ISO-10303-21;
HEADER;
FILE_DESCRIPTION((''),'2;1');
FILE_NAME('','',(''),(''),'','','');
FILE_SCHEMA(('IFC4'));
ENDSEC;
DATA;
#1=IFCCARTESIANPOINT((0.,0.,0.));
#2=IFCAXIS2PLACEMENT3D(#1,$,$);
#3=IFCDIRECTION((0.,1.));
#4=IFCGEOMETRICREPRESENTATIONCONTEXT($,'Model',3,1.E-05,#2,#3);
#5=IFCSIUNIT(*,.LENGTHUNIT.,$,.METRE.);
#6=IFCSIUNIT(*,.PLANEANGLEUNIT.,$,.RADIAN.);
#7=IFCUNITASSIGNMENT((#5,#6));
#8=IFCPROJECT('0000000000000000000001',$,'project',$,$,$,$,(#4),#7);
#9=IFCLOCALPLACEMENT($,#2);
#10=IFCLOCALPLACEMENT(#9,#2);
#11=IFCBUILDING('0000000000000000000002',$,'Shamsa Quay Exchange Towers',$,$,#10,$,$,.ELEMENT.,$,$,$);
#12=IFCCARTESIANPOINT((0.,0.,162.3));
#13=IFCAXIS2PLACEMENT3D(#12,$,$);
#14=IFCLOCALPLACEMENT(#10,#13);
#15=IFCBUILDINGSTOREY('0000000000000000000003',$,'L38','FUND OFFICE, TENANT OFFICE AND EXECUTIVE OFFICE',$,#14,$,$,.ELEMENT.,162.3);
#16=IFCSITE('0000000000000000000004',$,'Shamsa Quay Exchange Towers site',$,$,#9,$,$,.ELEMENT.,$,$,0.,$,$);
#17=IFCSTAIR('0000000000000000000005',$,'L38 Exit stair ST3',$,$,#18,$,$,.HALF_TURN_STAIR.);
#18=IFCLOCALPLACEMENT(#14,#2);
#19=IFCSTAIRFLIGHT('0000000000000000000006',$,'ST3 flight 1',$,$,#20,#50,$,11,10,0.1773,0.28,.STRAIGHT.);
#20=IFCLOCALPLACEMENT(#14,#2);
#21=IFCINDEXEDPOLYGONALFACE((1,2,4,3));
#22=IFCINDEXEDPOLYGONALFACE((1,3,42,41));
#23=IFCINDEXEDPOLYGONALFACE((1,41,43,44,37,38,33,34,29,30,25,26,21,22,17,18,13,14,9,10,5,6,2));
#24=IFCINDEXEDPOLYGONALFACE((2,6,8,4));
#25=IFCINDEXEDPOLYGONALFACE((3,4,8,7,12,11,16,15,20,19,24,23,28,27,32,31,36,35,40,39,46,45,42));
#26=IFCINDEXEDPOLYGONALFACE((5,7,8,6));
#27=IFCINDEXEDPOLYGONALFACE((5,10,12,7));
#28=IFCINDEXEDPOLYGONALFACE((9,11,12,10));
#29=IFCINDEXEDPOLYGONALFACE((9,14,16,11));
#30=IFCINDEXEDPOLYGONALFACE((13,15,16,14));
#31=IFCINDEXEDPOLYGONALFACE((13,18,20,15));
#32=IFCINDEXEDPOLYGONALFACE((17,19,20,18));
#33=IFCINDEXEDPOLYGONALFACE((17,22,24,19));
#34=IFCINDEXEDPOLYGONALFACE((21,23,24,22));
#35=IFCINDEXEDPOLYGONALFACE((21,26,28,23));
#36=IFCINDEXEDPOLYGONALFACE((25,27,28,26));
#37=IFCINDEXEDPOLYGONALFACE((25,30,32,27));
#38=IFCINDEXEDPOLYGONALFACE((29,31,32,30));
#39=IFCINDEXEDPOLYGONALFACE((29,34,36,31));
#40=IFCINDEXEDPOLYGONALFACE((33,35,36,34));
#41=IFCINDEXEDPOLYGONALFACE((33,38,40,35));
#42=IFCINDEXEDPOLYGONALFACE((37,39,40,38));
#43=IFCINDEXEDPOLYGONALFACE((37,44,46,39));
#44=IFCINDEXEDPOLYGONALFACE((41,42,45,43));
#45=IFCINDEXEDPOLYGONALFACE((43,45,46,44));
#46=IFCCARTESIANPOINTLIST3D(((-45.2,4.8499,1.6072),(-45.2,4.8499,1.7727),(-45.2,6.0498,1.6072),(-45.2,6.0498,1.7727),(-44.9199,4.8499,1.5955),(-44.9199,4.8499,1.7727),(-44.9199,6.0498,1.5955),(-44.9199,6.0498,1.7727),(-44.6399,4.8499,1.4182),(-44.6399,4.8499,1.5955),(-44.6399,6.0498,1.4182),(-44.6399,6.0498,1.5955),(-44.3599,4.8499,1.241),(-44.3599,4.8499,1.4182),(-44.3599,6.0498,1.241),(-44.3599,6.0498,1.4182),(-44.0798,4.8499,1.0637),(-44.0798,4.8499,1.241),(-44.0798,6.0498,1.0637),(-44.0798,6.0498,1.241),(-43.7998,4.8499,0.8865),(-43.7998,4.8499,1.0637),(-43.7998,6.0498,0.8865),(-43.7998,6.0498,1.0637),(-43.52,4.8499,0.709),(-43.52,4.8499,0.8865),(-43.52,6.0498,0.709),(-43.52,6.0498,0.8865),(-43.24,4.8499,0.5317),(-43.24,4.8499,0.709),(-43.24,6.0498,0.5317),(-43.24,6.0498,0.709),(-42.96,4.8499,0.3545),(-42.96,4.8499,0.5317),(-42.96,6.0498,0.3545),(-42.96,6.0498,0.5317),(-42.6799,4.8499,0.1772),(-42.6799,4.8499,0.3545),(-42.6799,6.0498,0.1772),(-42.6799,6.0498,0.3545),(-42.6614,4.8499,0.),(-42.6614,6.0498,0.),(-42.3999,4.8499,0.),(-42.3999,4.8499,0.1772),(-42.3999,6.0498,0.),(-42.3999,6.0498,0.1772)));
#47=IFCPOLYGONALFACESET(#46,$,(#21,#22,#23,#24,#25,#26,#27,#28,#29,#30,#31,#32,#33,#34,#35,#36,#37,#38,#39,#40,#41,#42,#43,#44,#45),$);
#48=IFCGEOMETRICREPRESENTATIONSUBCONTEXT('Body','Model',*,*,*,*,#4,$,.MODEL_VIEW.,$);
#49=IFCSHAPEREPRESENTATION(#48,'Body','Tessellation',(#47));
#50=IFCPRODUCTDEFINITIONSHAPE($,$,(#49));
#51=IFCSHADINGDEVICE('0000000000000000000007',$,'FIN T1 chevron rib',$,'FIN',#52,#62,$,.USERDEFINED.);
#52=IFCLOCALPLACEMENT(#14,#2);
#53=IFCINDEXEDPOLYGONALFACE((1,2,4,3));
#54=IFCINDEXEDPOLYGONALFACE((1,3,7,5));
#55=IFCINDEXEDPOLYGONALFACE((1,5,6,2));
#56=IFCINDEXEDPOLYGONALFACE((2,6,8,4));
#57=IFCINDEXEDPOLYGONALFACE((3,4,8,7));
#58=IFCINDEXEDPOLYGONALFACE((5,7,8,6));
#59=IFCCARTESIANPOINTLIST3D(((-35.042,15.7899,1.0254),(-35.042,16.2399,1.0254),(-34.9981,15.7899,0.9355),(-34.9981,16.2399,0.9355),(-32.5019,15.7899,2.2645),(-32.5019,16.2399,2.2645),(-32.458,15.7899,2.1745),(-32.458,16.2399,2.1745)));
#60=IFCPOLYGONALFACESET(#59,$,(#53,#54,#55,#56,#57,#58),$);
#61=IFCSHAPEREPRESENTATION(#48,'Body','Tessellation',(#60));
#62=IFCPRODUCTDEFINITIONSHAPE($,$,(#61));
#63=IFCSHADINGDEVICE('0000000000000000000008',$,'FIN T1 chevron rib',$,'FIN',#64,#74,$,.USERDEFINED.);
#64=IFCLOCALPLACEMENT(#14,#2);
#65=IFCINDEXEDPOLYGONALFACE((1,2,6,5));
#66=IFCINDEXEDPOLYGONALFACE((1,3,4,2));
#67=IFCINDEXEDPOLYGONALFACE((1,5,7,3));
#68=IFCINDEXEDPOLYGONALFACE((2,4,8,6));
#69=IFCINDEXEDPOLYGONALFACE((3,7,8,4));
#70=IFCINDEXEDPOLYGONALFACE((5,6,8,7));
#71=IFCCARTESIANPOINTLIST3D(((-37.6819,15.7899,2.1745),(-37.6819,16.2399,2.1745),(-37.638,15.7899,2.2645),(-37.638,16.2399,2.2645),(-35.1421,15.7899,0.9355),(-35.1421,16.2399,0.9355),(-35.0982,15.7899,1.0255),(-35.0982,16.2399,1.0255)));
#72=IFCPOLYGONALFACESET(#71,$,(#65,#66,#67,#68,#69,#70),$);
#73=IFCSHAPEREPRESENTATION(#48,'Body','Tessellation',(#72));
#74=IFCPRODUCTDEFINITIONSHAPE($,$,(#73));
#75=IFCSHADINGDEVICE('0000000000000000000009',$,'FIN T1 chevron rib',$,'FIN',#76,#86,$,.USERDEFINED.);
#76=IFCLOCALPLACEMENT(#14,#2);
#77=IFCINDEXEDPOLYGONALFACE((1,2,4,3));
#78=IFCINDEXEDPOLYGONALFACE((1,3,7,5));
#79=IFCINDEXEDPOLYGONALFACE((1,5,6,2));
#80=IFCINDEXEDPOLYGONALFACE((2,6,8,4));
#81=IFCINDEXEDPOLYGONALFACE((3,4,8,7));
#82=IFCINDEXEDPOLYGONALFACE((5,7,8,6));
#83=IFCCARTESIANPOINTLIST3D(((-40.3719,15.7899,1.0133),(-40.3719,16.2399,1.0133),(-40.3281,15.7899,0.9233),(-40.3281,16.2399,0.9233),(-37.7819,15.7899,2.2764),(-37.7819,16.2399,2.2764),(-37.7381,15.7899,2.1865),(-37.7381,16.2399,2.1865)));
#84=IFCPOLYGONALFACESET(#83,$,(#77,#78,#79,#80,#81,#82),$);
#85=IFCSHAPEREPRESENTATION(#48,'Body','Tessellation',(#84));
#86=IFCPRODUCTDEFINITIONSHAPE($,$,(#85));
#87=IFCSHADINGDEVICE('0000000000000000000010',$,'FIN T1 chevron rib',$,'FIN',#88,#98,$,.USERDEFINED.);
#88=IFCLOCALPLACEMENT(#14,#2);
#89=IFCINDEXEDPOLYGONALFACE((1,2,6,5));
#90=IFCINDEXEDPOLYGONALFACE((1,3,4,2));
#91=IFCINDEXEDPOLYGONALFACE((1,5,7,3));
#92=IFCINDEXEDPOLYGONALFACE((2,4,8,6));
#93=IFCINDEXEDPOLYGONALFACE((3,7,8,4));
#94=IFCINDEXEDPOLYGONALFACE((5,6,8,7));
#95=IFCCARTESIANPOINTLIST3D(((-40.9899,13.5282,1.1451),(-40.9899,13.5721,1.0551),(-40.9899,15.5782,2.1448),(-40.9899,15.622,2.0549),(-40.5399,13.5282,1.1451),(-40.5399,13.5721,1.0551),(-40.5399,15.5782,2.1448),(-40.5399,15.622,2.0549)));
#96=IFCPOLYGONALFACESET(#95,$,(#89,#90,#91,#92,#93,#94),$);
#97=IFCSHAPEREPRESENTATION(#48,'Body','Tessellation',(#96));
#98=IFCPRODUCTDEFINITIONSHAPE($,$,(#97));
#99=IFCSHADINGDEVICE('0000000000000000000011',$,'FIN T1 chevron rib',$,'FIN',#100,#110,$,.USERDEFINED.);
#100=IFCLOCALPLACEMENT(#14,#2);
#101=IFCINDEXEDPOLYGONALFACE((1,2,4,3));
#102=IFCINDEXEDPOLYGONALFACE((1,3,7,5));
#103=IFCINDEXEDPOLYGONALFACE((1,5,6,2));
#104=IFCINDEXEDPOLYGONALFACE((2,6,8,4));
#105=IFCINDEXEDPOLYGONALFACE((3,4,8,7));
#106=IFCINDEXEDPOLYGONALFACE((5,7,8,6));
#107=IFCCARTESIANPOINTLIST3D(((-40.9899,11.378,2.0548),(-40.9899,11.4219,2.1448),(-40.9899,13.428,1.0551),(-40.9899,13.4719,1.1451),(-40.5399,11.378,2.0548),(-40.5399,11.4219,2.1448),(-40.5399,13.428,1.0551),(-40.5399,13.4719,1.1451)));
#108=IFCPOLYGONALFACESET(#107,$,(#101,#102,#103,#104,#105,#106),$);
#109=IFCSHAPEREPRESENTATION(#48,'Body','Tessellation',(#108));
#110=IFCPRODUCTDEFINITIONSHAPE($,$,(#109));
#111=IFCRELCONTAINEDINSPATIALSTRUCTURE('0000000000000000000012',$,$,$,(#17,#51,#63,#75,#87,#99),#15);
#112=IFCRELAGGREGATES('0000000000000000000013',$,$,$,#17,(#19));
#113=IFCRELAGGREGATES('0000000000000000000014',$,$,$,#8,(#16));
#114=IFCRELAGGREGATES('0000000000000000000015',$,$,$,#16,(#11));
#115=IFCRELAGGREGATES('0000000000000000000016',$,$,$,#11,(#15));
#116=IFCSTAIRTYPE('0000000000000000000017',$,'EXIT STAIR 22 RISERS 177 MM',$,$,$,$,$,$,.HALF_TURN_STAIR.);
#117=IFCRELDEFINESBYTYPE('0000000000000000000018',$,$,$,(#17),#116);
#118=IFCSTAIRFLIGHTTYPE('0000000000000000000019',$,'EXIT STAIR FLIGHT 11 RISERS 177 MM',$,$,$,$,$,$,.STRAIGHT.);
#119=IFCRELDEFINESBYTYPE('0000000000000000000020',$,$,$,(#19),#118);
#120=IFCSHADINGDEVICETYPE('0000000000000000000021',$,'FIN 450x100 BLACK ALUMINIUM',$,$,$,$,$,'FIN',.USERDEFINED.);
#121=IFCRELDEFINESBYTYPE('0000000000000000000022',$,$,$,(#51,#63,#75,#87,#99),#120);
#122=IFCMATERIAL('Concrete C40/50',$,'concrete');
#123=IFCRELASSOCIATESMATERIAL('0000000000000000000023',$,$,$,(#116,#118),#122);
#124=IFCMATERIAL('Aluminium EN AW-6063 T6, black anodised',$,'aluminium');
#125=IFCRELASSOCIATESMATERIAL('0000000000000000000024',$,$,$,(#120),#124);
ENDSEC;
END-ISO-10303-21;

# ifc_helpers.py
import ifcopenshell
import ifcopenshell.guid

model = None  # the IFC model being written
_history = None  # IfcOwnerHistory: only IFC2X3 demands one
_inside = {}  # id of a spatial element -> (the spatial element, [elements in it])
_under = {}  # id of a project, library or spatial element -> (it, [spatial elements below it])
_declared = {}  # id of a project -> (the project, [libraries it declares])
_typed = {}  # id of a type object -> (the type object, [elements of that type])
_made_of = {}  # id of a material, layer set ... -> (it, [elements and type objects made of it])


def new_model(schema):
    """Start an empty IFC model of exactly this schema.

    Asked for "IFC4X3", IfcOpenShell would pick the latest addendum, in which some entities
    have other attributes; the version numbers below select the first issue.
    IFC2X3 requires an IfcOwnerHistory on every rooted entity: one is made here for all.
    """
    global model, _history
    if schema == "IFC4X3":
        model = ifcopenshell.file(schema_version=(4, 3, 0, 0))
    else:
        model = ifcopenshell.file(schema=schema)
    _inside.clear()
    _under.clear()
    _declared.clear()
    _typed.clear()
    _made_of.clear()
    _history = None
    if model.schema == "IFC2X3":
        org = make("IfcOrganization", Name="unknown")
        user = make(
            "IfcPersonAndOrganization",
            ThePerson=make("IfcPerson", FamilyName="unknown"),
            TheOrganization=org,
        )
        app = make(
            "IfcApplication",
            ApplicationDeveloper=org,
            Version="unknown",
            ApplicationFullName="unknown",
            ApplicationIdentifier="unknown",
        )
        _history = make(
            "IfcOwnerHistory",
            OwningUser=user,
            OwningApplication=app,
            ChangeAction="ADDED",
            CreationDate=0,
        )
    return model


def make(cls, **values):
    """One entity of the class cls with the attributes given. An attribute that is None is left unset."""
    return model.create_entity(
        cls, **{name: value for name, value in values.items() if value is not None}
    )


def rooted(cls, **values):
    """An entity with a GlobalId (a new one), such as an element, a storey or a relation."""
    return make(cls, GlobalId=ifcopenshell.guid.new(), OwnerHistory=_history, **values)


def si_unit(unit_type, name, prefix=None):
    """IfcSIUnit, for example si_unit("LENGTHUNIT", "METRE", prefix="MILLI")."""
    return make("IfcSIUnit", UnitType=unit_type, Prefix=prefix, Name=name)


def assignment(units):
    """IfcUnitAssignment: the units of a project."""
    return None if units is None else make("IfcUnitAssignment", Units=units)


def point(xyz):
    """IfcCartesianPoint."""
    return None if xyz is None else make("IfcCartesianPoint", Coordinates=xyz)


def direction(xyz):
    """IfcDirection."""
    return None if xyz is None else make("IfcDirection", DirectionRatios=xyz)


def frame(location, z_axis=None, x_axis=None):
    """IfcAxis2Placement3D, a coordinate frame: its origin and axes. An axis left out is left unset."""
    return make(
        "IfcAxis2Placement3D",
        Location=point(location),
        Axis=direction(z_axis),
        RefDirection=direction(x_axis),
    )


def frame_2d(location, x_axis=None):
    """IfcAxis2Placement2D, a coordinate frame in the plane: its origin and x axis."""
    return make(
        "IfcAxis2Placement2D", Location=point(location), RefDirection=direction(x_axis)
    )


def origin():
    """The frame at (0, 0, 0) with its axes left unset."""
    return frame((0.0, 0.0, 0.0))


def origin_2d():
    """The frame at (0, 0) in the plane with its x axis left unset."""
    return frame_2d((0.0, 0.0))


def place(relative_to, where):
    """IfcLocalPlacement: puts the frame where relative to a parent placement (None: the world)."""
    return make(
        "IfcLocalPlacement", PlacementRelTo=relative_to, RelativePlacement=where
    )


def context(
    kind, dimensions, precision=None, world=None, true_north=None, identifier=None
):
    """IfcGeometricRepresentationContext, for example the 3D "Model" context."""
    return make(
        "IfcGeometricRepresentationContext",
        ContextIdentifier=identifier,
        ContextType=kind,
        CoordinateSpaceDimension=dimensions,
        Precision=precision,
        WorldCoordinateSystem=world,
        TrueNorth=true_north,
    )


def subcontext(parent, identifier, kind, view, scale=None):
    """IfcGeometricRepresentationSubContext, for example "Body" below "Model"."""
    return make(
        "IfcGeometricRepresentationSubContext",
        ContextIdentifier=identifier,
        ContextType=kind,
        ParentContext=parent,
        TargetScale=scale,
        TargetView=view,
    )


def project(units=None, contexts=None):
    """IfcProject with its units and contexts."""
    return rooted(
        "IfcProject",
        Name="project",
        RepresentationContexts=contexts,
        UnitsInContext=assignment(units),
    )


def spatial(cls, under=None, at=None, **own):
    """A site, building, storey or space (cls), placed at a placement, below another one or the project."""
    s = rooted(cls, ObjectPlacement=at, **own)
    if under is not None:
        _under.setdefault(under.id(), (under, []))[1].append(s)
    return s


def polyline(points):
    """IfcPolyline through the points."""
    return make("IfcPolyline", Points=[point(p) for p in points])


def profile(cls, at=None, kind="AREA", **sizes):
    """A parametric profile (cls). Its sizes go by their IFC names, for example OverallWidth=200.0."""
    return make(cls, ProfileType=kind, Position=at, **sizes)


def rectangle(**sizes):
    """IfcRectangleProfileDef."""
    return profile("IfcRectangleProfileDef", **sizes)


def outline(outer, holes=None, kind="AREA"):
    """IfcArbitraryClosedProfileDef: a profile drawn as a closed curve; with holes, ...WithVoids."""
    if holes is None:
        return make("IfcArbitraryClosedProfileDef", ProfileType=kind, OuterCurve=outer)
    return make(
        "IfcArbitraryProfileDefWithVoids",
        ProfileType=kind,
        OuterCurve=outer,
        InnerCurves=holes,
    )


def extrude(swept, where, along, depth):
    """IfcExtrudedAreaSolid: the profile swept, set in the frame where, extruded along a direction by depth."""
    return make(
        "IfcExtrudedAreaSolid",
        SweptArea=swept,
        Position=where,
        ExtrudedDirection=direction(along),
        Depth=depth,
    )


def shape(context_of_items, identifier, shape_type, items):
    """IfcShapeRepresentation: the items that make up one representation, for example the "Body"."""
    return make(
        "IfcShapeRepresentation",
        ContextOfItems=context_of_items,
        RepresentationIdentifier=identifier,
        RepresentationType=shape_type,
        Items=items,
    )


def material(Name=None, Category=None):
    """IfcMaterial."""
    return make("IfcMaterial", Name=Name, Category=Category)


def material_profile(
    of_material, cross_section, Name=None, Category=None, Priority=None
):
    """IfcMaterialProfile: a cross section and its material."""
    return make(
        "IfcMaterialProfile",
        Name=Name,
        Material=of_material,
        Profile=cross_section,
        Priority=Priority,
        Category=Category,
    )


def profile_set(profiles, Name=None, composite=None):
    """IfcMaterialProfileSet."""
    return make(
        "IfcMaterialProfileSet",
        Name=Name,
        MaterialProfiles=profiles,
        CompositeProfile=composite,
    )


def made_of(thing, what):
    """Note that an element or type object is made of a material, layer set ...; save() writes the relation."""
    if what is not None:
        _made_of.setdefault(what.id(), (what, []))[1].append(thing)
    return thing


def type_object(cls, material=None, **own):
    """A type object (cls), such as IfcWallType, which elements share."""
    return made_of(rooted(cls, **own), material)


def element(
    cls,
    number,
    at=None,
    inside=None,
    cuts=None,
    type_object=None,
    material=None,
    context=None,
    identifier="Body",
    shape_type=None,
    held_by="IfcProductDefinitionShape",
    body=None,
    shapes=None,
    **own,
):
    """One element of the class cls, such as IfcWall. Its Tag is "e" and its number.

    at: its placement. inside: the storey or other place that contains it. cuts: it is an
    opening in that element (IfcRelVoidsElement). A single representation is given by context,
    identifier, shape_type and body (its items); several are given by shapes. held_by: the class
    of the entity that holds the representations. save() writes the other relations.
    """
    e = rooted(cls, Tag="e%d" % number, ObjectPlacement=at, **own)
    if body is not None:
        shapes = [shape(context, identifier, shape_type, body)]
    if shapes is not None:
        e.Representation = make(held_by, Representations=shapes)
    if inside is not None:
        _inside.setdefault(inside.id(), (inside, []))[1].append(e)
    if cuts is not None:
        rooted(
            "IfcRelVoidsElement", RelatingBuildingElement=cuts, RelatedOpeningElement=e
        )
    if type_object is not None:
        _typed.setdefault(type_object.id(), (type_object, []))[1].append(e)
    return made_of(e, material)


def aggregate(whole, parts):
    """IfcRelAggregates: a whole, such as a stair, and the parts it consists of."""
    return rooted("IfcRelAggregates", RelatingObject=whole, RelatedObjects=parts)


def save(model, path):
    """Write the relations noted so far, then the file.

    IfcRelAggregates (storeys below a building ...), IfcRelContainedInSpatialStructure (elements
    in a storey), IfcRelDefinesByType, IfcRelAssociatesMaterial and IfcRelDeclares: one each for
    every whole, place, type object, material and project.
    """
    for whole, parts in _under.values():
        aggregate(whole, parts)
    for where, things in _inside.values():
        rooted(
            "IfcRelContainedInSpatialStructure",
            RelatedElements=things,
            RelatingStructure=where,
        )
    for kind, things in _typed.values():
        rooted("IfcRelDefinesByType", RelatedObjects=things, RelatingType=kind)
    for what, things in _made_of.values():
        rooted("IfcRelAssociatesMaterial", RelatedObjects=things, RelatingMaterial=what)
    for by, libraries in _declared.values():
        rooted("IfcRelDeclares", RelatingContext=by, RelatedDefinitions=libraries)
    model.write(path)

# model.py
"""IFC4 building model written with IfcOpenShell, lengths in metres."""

from ifc_helpers import new_model, si_unit, direction, frame, origin, origin_2d, place, context, subcontext, project, spatial, polyline, rectangle, outline, extrude, material, material_profile, profile_set, type_object, element, aggregate, save


model = new_model("IFC4")

# Units and contexts
model_context = context("Model", 3, precision=1e-05, world=origin(), true_north=direction((0.0, 1.0)))
body_context = subcontext(model_context, "Body", "Model", "MODEL_VIEW")
ifc_project = project(units=[si_unit("LENGTHUNIT", "METRE"), si_unit("PLANEANGLEUNIT", "RADIAN")], contexts=[model_context])

# Site, building, storey
site_placement = place(None, origin())
site = spatial("IfcSite", under=ifc_project, at=site_placement, Name="Shamsa Quay Exchange Towers site", CompositionType="ELEMENT", RefElevation=0.0)
building_placement = place(site_placement, origin())
building = spatial("IfcBuilding", under=site, at=building_placement, Name="Shamsa Quay Exchange Towers", CompositionType="ELEMENT")
storey_placement = place(building_placement, frame((0.0, 0.0, 162.3)))
storey = spatial("IfcBuildingStorey", under=building, at=storey_placement, Name="L38", Description="FUND OFFICE, TENANT OFFICE AND EXECUTIVE OFFICE", CompositionType="ELEMENT", Elevation=162.3)

# Shared definitions
ifc_material_1 = material(Name="Aluminium EN AW-6063 T6, black anodised", Category="aluminium")

# Stair, stair flight
ifc_material_2 = material(Name="Concrete C40/50", Category="concrete")
stair_type = type_object("IfcStairType", Name="EXIT STAIR 22 RISERS 177 MM", PredefinedType="HALF_TURN_STAIR", material=ifc_material_2)
stair_placement = place(storey_placement, origin())
stair = element("IfcStair", 1, at=stair_placement, inside=storey, type_object=stair_type, Name="L38 Exit stair ST3", PredefinedType="HALF_TURN_STAIR")
stair_flight_type = type_object("IfcStairFlightType", Name="EXIT STAIR FLIGHT 11 RISERS 177 MM", PredefinedType="STRAIGHT", material=ifc_material_2)
stair_flight_placement = place(storey_placement, frame((-42.3999, 5.45, 0.0), z_axis=(0.0, 0.0, 1.0), x_axis=(-1.0, 0.0, 0.0)))
stair_flight = element("IfcStairFlight", 2, at=stair_flight_placement, type_object=stair_flight_type, Name="ST3 flight 1", NumberOfRisers=11, NumberOfTreads=10, PredefinedType="STRAIGHT", RiserHeight=0.1773, TreadLength=0.28, context=body_context, shape_type="SweptSolid", body=[
    extrude(outline(polyline([(0.0, 0.0), (0.0, 0.1772), (0.28, 0.1772), (0.28, 0.3545), (0.5601, 0.3545), (0.5601, 0.5317), (0.8401, 0.5317), (0.8401, 0.709), (1.1201, 0.709), (1.1201, 0.8865), (1.3999, 0.8865), (1.3999, 1.0637), (1.6799, 1.0637), (1.6799, 1.241), (1.96, 1.241), (1.96, 1.4182), (2.24, 1.4182), (2.24, 1.5955), (2.52, 1.5955), (2.52, 1.7727), (2.8, 1.7727), (2.8, 1.95), (2.8, 1.6072), (0.2615, 0.0), (0.0, 0.0)])), frame((0.0, 0.6001, 0.0), z_axis=(0.0, -1.0, 0.0), x_axis=(1.0, 0.0, 0.0)), (0.0, 0.0, 1.0), 1.2),
])
aggregate(stair, [stair_flight])

# Shading devices
ifc_material_profile_1 = material_profile(ifc_material_1, rectangle(XDim=0.45, YDim=0.1001, at=origin_2d()), Name="FIN450x100")
ifc_profile_set_1 = profile_set([ifc_material_profile_1], Name="Aluminium EN AW-6063 T6, black anodised")
shading_device_type = type_object("IfcShadingDeviceType", Name="FIN 450x100 BLACK ALUMINIUM", ElementType="FIN", PredefinedType="USERDEFINED", material=ifc_profile_set_1)
shading_device_1_placement = place(storey_placement, frame((-32.48, 16.0149, 2.2195), z_axis=(-0.898773, 0.0, -0.438415), x_axis=(0.0, -1.0, 0.0)))
element("IfcShadingDevice", 3, at=shading_device_1_placement, inside=storey, type_object=shading_device_type, Name="FIN T1 chevron rib", ObjectType="FIN", PredefinedType="USERDEFINED", context=body_context, shape_type="SweptSolid", body=[
    extrude(rectangle(XDim=0.45, YDim=0.1001, at=origin_2d()), origin(), (0.0, 0.0, 1.0), 2.8262),
])
shading_device_2_placement = place(storey_placement, frame((-35.1201, 16.0149, 0.9805), z_axis=(-0.898756, 0.0, 0.438449), x_axis=(0.0, -1.0, 0.0)))
element("IfcShadingDevice", 4, at=shading_device_2_placement, inside=storey, type_object=shading_device_type, Name="FIN T1 chevron rib", ObjectType="FIN", PredefinedType="USERDEFINED", context=body_context, shape_type="SweptSolid", body=[
    extrude(rectangle(XDim=0.45, YDim=0.1001, at=origin_2d()), origin(), (0.0, 0.0, 1.0), 2.8259),
])
shading_device_3_placement = place(storey_placement, frame((-37.76, 16.0149, 2.2314), z_axis=(-0.898806, 0.0, -0.438347), x_axis=(0.0, -1.0, 0.0)))
element("IfcShadingDevice", 5, at=shading_device_3_placement, inside=storey, type_object=shading_device_type, Name="FIN T1 chevron rib", ObjectType="FIN", PredefinedType="USERDEFINED", context=body_context, shape_type="SweptSolid", body=[
    extrude(rectangle(XDim=0.45, YDim=0.1001, at=origin_2d()), origin(), (0.0, 0.0, 1.0), 2.8816),
])
for number, where, z_axis, x_axis, name in (
    (6, (-40.7649, 15.6001, 2.0999), (0.0, -0.898815, -0.438329), (1.0, 0.0, 0.0), "FIN T1 chevron rib"),
    (7, (-40.7649, 13.45, 1.1001), (0.0, -0.898815, 0.438329), (1.0, 0.0, 0.0), "FIN T1 chevron rib"),
):
    element("IfcShadingDevice", number, at=place(storey_placement, frame(where, z_axis=z_axis, x_axis=x_axis)), inside=storey, type_object=shading_device_type, Name=name, ObjectType="FIN", PredefinedType="USERDEFINED", context=body_context, shape_type="SweptSolid", body=[
        extrude(rectangle(XDim=0.45, YDim=0.1001, at=origin_2d()), origin(), (0.0, 0.0, 1.0), 2.2808),
    ])

save(model, "model.ifc")
